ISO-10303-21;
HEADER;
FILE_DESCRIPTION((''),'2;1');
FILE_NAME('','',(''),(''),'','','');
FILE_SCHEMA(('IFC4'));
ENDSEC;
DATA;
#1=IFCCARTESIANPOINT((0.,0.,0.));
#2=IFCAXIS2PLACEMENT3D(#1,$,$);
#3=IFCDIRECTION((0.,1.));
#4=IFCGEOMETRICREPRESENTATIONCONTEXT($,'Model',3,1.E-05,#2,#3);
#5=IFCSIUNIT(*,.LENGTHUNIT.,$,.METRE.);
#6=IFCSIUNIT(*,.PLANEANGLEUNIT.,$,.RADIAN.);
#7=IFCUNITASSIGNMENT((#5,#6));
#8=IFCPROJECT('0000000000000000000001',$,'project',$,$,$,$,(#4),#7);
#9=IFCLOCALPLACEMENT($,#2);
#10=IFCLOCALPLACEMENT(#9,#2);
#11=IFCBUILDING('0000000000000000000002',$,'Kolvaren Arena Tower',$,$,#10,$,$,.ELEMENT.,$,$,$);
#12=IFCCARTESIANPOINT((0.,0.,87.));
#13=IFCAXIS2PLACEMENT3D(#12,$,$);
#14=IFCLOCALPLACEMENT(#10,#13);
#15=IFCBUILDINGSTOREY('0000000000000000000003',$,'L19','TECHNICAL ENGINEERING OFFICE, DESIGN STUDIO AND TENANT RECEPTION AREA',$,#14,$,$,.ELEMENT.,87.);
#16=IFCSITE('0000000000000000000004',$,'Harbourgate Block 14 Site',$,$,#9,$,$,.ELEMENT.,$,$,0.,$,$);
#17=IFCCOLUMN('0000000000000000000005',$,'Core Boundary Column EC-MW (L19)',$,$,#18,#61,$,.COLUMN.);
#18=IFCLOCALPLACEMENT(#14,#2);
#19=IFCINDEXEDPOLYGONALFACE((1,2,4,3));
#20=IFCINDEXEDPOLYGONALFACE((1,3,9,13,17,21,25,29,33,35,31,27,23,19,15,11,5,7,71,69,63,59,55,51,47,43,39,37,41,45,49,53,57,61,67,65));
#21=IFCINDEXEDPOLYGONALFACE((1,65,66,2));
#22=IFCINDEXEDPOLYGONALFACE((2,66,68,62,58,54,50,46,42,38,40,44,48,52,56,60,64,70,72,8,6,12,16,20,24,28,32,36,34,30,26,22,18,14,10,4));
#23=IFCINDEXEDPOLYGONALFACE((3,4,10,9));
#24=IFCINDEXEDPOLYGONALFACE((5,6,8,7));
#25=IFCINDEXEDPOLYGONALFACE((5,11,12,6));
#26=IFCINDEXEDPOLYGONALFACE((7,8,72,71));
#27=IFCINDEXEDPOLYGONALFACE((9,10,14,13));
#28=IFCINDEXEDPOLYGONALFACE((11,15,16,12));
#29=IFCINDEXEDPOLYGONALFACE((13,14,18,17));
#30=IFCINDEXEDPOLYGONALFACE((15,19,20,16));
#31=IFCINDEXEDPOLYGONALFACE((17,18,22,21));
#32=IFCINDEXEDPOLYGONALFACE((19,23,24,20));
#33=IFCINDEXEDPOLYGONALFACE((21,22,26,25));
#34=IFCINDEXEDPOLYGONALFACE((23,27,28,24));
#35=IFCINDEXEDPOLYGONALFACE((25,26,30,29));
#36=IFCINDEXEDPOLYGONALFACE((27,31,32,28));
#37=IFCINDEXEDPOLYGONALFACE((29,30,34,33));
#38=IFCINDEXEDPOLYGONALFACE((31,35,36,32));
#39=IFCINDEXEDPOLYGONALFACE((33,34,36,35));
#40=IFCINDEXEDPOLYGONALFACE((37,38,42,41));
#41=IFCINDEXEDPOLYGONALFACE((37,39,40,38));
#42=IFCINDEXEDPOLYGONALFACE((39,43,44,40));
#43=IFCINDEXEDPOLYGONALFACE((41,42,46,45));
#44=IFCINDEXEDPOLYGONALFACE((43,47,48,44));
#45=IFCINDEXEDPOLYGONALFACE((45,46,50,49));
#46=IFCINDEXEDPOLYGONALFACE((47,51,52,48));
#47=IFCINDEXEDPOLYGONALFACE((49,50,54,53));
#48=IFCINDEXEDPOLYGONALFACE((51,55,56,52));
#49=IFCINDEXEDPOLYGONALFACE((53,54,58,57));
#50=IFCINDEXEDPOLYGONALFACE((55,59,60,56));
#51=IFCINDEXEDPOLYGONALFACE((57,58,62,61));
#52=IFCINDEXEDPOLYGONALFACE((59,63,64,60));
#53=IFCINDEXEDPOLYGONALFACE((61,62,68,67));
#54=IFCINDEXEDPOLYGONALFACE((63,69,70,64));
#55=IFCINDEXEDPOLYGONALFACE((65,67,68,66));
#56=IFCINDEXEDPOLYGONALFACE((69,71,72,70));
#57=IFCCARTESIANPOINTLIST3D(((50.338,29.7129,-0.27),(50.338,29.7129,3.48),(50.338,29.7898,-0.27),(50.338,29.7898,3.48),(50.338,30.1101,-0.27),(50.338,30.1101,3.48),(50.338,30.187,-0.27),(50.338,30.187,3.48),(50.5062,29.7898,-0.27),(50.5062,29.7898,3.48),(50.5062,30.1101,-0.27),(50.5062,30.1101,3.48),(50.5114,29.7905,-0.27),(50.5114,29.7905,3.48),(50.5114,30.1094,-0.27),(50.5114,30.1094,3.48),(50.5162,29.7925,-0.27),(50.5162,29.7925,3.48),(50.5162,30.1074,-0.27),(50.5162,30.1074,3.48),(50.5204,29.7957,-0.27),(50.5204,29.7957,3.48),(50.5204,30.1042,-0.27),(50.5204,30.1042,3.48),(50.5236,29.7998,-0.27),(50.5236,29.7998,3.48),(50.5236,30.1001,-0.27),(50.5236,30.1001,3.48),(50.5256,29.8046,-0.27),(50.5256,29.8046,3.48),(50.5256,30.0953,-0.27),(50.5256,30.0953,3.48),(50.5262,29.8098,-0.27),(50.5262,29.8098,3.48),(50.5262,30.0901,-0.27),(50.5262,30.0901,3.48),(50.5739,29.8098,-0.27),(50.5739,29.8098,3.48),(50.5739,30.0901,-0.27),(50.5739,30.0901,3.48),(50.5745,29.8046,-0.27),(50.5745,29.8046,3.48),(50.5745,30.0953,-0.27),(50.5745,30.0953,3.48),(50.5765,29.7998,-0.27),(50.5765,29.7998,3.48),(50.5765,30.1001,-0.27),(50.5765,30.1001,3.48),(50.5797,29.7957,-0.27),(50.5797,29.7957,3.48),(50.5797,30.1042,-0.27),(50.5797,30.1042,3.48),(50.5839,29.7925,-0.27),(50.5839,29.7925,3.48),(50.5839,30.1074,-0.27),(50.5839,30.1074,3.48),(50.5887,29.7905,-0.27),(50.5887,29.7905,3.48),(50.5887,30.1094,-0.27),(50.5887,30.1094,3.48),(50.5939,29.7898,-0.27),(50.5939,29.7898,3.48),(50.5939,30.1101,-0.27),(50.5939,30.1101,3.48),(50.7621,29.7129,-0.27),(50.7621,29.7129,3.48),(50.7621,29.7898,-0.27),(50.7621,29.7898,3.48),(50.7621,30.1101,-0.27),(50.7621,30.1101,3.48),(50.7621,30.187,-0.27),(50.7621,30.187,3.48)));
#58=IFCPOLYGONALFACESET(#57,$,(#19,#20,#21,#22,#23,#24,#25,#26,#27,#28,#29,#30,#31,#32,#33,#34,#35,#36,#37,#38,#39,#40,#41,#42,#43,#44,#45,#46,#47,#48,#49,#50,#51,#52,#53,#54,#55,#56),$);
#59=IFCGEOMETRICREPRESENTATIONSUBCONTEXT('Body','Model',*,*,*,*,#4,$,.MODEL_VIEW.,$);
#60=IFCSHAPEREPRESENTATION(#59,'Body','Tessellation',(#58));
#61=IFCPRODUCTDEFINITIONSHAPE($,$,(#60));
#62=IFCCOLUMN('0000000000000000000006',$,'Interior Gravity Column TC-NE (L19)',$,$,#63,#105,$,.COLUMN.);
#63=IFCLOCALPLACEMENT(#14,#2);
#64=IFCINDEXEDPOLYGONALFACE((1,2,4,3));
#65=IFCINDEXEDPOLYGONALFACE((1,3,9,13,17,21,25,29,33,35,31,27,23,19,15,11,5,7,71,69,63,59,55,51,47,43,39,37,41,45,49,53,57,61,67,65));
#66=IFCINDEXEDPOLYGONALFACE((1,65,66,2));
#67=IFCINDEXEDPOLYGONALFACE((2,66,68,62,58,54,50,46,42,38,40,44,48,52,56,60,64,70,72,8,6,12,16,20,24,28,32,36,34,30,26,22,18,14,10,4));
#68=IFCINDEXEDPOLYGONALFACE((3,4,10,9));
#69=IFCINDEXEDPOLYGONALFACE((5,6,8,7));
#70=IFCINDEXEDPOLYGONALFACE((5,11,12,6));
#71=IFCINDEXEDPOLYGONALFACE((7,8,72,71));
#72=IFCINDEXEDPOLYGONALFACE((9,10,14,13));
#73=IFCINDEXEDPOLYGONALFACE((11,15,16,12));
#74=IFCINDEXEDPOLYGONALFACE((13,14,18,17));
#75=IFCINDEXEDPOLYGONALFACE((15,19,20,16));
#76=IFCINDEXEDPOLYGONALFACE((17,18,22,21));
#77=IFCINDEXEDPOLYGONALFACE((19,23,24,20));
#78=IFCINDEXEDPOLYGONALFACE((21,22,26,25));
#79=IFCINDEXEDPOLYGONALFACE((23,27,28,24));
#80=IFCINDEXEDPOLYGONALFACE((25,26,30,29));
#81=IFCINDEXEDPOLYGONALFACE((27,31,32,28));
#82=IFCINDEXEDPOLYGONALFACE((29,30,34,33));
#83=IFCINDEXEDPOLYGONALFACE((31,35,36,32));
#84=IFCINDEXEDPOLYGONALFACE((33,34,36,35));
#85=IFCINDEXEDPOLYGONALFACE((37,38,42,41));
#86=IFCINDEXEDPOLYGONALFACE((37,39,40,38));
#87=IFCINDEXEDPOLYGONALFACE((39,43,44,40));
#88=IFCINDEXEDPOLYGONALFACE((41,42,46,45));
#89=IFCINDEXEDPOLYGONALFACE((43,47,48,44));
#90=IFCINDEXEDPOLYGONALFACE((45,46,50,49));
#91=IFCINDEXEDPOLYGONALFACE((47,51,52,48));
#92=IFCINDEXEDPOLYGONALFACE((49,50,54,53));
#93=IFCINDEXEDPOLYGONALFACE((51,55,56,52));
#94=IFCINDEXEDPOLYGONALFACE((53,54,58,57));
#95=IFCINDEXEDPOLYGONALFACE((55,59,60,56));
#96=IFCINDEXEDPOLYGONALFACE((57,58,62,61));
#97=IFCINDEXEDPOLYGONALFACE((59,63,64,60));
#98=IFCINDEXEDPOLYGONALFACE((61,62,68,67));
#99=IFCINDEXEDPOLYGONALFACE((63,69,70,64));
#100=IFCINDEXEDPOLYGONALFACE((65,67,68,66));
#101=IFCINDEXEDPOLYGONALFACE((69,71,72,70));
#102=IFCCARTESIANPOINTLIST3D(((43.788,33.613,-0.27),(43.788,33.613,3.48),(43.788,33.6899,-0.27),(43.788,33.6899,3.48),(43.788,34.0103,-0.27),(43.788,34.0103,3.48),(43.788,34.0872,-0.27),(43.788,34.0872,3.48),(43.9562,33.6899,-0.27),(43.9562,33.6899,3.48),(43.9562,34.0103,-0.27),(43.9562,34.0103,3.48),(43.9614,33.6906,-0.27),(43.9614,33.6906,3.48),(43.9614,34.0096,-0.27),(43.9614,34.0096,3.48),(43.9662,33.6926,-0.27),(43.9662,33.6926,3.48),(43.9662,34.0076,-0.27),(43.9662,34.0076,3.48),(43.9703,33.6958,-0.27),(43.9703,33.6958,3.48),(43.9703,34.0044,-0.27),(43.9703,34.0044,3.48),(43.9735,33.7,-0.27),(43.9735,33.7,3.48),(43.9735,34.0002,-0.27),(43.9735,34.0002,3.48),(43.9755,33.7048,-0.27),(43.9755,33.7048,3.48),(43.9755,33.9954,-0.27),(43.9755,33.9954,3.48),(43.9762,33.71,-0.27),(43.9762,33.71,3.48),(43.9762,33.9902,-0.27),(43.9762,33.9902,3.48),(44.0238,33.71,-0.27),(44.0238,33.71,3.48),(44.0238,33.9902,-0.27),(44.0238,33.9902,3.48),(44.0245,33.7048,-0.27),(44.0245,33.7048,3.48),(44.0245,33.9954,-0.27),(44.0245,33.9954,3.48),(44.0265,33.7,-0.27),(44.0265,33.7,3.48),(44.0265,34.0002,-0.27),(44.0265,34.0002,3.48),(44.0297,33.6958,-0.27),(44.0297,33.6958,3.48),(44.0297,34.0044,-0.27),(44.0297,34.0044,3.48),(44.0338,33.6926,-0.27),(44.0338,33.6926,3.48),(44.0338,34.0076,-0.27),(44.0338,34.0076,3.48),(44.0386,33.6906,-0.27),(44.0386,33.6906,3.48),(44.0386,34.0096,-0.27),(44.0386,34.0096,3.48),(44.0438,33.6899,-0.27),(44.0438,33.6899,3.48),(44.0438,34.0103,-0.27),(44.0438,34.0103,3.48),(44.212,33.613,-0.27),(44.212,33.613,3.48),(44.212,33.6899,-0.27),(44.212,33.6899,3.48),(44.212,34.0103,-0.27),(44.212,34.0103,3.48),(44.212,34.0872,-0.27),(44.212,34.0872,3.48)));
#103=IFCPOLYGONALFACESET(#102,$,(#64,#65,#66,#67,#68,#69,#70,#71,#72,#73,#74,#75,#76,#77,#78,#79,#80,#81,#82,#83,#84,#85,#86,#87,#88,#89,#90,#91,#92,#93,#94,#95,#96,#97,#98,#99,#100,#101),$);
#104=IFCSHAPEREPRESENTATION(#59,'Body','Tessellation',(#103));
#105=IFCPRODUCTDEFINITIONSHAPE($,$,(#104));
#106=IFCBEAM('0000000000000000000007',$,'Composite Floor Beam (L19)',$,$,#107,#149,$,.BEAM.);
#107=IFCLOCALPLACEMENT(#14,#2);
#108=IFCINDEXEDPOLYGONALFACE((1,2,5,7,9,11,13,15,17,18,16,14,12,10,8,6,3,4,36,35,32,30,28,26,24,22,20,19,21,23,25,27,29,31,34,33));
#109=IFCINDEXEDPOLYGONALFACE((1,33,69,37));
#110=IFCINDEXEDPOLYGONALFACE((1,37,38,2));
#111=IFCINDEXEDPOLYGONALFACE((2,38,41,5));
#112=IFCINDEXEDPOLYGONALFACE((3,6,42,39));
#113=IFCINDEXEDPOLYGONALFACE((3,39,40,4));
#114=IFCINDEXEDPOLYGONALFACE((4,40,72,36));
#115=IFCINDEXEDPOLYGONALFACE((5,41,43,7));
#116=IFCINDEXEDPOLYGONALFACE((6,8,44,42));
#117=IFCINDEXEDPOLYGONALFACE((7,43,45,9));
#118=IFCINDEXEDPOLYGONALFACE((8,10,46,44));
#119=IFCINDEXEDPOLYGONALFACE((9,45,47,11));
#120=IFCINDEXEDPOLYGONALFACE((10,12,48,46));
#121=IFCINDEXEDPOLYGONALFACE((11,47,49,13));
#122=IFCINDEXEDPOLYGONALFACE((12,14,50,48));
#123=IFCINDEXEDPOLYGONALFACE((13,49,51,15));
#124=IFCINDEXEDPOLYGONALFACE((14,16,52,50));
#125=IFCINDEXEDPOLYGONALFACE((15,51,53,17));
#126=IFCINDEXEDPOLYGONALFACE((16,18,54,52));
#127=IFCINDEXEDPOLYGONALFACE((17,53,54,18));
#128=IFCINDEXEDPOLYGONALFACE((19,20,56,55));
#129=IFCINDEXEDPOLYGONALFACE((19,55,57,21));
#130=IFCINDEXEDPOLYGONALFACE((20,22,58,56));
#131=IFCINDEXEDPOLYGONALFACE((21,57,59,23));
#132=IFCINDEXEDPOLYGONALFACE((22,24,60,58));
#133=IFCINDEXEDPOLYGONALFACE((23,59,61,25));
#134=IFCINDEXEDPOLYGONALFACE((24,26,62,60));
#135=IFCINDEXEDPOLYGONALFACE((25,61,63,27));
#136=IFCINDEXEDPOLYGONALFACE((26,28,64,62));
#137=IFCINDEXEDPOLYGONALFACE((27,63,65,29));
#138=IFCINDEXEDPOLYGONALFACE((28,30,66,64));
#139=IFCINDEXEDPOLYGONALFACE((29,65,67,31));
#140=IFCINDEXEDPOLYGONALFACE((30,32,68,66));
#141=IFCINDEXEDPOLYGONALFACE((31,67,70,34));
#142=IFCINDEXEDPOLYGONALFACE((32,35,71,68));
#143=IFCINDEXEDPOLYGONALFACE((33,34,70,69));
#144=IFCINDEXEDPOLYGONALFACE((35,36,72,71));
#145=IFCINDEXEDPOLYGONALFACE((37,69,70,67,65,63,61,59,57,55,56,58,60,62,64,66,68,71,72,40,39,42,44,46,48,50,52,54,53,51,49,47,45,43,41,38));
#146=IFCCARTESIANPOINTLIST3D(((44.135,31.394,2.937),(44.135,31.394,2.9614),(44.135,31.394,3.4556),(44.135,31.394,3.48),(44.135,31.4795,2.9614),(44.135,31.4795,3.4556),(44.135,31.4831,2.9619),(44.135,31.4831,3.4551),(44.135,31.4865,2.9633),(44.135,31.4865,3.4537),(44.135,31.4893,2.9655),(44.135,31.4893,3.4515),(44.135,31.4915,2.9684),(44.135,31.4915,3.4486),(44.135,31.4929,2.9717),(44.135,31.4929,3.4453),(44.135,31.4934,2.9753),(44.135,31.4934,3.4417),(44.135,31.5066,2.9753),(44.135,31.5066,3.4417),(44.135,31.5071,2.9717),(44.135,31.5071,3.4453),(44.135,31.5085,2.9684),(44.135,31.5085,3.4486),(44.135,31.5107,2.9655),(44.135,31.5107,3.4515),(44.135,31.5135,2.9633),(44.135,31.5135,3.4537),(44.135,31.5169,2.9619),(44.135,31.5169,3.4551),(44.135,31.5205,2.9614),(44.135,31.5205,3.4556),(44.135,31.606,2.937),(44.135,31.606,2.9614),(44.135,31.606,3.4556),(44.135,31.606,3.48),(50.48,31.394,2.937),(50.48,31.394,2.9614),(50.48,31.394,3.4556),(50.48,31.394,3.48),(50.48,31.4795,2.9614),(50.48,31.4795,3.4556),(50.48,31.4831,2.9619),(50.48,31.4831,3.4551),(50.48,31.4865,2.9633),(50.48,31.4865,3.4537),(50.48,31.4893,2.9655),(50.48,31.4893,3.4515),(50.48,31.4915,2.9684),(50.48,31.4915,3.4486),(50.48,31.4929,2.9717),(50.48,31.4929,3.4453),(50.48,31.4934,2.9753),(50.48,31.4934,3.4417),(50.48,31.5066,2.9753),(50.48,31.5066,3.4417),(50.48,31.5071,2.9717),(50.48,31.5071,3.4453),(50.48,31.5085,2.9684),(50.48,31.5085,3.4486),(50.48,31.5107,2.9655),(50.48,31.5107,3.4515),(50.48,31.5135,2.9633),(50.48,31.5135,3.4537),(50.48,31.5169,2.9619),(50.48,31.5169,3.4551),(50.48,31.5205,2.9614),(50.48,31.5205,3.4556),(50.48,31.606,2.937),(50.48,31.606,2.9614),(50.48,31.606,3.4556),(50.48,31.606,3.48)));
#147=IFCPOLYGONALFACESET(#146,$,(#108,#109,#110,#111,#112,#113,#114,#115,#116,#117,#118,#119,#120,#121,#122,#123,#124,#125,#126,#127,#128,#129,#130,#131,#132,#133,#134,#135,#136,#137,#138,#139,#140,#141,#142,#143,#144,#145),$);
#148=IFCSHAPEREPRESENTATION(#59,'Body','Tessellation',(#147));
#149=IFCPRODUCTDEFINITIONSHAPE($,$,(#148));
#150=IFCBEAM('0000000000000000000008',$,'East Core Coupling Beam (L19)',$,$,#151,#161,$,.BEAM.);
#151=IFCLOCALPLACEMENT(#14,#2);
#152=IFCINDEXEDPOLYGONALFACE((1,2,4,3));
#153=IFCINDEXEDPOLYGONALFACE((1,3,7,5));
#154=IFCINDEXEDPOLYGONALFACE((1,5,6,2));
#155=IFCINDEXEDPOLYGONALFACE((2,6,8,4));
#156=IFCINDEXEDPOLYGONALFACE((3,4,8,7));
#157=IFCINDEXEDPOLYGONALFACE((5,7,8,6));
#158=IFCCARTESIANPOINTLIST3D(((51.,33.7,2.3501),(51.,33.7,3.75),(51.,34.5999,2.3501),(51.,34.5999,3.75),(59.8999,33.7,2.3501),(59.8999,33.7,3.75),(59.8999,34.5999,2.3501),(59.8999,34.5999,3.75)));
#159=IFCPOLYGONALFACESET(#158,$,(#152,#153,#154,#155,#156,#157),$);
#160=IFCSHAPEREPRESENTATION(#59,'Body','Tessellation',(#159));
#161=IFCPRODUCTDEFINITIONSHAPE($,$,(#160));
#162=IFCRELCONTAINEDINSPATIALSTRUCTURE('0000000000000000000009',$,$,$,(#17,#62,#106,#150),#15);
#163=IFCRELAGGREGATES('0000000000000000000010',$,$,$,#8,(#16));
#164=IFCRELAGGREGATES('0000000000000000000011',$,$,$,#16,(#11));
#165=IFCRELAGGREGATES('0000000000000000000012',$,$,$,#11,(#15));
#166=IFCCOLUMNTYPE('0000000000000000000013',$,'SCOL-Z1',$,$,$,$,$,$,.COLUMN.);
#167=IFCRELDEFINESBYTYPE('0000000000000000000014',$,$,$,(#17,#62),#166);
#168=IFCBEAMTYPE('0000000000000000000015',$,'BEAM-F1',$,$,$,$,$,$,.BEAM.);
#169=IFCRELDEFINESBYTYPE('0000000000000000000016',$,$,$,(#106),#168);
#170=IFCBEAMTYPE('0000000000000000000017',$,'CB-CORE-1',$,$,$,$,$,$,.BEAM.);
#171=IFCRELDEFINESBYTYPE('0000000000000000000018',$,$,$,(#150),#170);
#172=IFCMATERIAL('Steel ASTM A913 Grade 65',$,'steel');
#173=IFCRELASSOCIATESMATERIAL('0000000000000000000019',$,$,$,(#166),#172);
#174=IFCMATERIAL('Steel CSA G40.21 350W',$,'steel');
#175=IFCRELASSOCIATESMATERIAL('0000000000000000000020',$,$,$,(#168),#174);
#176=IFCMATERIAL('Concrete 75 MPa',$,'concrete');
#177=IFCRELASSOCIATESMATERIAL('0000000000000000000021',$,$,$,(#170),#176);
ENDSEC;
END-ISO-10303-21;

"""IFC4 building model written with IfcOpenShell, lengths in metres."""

from ifc_helpers import new_model, si_unit, direction, frame, origin, origin_2d, place, context, subcontext, project, spatial, rectangle, i_section, extrude, material, material_profile, profile_set, type_object, element, save


model = new_model("IFC4")

# Units and contexts
model_context = context("Model", 3, precision=1e-05, world=origin(), true_north=direction((0.0, 1.0)))
body_context = subcontext(model_context, "Body", "Model", "MODEL_VIEW")
ifc_project = project(units=[si_unit("LENGTHUNIT", "METRE"), si_unit("PLANEANGLEUNIT", "RADIAN")], contexts=[model_context])

# Site, building, storey
site_placement = place(None, origin())
site = spatial("IfcSite", under=ifc_project, at=site_placement, Name="Harbourgate Block 14 Site", CompositionType="ELEMENT", RefElevation=0.0)
building_placement = place(site_placement, origin())
building = spatial("IfcBuilding", under=site, at=building_placement, Name="Kolvaren Arena Tower", CompositionType="ELEMENT")
storey_placement = place(building_placement, frame((0.0, 0.0, 87.0)))
storey = spatial("IfcBuildingStorey", under=building, at=storey_placement, Name="L19", Description="TECHNICAL ENGINEERING OFFICE, DESIGN STUDIO AND TENANT RECEPTION AREA", CompositionType="ELEMENT", Elevation=87.0)

# Columns
ifc_material_1 = material(Name="Steel ASTM A913 Grade 65", Category="steel")
ifc_material_profile_1 = material_profile(ifc_material_1, i_section(OverallWidth=0.4241, OverallDepth=0.4741, WebThickness=0.0476, FlangeThickness=0.0769, FilletRadius=0.02, at=origin_2d()), Name="W360x634")
ifc_profile_set_1 = profile_set([ifc_material_profile_1], Name="Steel ASTM A913 Grade 65")
column_type = type_object("IfcColumnType", Name="SCOL-Z1", PredefinedType="COLUMN", material=ifc_profile_set_1)
for number, where, z_axis, x_axis, name in (
    (1, (50.55, 29.95, -0.27), (0.0, 0.0, 1.0), (1.0, 0.0, 0.0), "Core Boundary Column EC-MW (L19)"),
    (2, (44.0, 33.8501, -0.27), (0.0, 0.0, 1.0), (1.0, 0.0, 0.0), "Interior Gravity Column TC-NE (L19)"),
):
    element("IfcColumn", number, at=place(storey_placement, frame(where, z_axis=z_axis, x_axis=x_axis)), inside=storey, type_object=column_type, Name=name, PredefinedType="COLUMN", context=body_context, shape_type="SweptSolid", body=[
        extrude(i_section(OverallWidth=0.4241, OverallDepth=0.4741, WebThickness=0.0476, FlangeThickness=0.0769, FilletRadius=0.02, at=origin_2d()), origin(), (0.0, 0.0, 1.0), 3.75),
    ])

# Beams
ifc_material_2 = material(Name="Steel CSA G40.21 350W", Category="steel")
ifc_material_profile_2 = material_profile(ifc_material_2, i_section(OverallWidth=0.2119, OverallDepth=0.543, WebThickness=0.0132, FlangeThickness=0.0244, FilletRadius=0.0139, at=origin_2d()), Name="W530x150")
ifc_profile_set_2 = profile_set([ifc_material_profile_2], Name="Steel CSA G40.21 350W")
beam_type_1 = type_object("IfcBeamType", Name="BEAM-F1", PredefinedType="BEAM", material=ifc_profile_set_2)
beam_1_placement = place(storey_placement, frame((44.135, 31.5, 3.2085), z_axis=(1.0, 0.0, 0.0), x_axis=(0.0, 1.0, 0.0)))
element("IfcBeam", 3, at=beam_1_placement, inside=storey, type_object=beam_type_1, Name="Composite Floor Beam (L19)", PredefinedType="BEAM", context=body_context, shape_type="SweptSolid", body=[
    extrude(i_section(OverallWidth=0.2119, OverallDepth=0.543, WebThickness=0.0132, FlangeThickness=0.0244, FilletRadius=0.0139, at=origin_2d()), origin(), (0.0, 0.0, 1.0), 6.345),
])
ifc_material_3 = material(Name="Concrete 75 MPa", Category="concrete")
ifc_material_profile_3 = material_profile(ifc_material_3, rectangle(XDim=0.8999, YDim=1.3999, at=origin_2d()), Name="RC-900x1400")
ifc_profile_set_3 = profile_set([ifc_material_profile_3], Name="Concrete 75 MPa")
beam_type_2 = type_object("IfcBeamType", Name="CB-CORE-1", PredefinedType="BEAM", material=ifc_profile_set_3)
beam_2_placement = place(storey_placement, frame((51.0, 34.1499, 3.05), z_axis=(1.0, 0.0, 0.0), x_axis=(0.0, 1.0, 0.0)))
element("IfcBeam", 4, at=beam_2_placement, inside=storey, type_object=beam_type_2, Name="East Core Coupling Beam (L19)", PredefinedType="BEAM", context=body_context, shape_type="SweptSolid", body=[
    extrude(rectangle(XDim=0.8999, YDim=1.3999, at=origin_2d()), origin(), (0.0, 0.0, 1.0), 8.8999),
])

save(model, "model.ifc")
